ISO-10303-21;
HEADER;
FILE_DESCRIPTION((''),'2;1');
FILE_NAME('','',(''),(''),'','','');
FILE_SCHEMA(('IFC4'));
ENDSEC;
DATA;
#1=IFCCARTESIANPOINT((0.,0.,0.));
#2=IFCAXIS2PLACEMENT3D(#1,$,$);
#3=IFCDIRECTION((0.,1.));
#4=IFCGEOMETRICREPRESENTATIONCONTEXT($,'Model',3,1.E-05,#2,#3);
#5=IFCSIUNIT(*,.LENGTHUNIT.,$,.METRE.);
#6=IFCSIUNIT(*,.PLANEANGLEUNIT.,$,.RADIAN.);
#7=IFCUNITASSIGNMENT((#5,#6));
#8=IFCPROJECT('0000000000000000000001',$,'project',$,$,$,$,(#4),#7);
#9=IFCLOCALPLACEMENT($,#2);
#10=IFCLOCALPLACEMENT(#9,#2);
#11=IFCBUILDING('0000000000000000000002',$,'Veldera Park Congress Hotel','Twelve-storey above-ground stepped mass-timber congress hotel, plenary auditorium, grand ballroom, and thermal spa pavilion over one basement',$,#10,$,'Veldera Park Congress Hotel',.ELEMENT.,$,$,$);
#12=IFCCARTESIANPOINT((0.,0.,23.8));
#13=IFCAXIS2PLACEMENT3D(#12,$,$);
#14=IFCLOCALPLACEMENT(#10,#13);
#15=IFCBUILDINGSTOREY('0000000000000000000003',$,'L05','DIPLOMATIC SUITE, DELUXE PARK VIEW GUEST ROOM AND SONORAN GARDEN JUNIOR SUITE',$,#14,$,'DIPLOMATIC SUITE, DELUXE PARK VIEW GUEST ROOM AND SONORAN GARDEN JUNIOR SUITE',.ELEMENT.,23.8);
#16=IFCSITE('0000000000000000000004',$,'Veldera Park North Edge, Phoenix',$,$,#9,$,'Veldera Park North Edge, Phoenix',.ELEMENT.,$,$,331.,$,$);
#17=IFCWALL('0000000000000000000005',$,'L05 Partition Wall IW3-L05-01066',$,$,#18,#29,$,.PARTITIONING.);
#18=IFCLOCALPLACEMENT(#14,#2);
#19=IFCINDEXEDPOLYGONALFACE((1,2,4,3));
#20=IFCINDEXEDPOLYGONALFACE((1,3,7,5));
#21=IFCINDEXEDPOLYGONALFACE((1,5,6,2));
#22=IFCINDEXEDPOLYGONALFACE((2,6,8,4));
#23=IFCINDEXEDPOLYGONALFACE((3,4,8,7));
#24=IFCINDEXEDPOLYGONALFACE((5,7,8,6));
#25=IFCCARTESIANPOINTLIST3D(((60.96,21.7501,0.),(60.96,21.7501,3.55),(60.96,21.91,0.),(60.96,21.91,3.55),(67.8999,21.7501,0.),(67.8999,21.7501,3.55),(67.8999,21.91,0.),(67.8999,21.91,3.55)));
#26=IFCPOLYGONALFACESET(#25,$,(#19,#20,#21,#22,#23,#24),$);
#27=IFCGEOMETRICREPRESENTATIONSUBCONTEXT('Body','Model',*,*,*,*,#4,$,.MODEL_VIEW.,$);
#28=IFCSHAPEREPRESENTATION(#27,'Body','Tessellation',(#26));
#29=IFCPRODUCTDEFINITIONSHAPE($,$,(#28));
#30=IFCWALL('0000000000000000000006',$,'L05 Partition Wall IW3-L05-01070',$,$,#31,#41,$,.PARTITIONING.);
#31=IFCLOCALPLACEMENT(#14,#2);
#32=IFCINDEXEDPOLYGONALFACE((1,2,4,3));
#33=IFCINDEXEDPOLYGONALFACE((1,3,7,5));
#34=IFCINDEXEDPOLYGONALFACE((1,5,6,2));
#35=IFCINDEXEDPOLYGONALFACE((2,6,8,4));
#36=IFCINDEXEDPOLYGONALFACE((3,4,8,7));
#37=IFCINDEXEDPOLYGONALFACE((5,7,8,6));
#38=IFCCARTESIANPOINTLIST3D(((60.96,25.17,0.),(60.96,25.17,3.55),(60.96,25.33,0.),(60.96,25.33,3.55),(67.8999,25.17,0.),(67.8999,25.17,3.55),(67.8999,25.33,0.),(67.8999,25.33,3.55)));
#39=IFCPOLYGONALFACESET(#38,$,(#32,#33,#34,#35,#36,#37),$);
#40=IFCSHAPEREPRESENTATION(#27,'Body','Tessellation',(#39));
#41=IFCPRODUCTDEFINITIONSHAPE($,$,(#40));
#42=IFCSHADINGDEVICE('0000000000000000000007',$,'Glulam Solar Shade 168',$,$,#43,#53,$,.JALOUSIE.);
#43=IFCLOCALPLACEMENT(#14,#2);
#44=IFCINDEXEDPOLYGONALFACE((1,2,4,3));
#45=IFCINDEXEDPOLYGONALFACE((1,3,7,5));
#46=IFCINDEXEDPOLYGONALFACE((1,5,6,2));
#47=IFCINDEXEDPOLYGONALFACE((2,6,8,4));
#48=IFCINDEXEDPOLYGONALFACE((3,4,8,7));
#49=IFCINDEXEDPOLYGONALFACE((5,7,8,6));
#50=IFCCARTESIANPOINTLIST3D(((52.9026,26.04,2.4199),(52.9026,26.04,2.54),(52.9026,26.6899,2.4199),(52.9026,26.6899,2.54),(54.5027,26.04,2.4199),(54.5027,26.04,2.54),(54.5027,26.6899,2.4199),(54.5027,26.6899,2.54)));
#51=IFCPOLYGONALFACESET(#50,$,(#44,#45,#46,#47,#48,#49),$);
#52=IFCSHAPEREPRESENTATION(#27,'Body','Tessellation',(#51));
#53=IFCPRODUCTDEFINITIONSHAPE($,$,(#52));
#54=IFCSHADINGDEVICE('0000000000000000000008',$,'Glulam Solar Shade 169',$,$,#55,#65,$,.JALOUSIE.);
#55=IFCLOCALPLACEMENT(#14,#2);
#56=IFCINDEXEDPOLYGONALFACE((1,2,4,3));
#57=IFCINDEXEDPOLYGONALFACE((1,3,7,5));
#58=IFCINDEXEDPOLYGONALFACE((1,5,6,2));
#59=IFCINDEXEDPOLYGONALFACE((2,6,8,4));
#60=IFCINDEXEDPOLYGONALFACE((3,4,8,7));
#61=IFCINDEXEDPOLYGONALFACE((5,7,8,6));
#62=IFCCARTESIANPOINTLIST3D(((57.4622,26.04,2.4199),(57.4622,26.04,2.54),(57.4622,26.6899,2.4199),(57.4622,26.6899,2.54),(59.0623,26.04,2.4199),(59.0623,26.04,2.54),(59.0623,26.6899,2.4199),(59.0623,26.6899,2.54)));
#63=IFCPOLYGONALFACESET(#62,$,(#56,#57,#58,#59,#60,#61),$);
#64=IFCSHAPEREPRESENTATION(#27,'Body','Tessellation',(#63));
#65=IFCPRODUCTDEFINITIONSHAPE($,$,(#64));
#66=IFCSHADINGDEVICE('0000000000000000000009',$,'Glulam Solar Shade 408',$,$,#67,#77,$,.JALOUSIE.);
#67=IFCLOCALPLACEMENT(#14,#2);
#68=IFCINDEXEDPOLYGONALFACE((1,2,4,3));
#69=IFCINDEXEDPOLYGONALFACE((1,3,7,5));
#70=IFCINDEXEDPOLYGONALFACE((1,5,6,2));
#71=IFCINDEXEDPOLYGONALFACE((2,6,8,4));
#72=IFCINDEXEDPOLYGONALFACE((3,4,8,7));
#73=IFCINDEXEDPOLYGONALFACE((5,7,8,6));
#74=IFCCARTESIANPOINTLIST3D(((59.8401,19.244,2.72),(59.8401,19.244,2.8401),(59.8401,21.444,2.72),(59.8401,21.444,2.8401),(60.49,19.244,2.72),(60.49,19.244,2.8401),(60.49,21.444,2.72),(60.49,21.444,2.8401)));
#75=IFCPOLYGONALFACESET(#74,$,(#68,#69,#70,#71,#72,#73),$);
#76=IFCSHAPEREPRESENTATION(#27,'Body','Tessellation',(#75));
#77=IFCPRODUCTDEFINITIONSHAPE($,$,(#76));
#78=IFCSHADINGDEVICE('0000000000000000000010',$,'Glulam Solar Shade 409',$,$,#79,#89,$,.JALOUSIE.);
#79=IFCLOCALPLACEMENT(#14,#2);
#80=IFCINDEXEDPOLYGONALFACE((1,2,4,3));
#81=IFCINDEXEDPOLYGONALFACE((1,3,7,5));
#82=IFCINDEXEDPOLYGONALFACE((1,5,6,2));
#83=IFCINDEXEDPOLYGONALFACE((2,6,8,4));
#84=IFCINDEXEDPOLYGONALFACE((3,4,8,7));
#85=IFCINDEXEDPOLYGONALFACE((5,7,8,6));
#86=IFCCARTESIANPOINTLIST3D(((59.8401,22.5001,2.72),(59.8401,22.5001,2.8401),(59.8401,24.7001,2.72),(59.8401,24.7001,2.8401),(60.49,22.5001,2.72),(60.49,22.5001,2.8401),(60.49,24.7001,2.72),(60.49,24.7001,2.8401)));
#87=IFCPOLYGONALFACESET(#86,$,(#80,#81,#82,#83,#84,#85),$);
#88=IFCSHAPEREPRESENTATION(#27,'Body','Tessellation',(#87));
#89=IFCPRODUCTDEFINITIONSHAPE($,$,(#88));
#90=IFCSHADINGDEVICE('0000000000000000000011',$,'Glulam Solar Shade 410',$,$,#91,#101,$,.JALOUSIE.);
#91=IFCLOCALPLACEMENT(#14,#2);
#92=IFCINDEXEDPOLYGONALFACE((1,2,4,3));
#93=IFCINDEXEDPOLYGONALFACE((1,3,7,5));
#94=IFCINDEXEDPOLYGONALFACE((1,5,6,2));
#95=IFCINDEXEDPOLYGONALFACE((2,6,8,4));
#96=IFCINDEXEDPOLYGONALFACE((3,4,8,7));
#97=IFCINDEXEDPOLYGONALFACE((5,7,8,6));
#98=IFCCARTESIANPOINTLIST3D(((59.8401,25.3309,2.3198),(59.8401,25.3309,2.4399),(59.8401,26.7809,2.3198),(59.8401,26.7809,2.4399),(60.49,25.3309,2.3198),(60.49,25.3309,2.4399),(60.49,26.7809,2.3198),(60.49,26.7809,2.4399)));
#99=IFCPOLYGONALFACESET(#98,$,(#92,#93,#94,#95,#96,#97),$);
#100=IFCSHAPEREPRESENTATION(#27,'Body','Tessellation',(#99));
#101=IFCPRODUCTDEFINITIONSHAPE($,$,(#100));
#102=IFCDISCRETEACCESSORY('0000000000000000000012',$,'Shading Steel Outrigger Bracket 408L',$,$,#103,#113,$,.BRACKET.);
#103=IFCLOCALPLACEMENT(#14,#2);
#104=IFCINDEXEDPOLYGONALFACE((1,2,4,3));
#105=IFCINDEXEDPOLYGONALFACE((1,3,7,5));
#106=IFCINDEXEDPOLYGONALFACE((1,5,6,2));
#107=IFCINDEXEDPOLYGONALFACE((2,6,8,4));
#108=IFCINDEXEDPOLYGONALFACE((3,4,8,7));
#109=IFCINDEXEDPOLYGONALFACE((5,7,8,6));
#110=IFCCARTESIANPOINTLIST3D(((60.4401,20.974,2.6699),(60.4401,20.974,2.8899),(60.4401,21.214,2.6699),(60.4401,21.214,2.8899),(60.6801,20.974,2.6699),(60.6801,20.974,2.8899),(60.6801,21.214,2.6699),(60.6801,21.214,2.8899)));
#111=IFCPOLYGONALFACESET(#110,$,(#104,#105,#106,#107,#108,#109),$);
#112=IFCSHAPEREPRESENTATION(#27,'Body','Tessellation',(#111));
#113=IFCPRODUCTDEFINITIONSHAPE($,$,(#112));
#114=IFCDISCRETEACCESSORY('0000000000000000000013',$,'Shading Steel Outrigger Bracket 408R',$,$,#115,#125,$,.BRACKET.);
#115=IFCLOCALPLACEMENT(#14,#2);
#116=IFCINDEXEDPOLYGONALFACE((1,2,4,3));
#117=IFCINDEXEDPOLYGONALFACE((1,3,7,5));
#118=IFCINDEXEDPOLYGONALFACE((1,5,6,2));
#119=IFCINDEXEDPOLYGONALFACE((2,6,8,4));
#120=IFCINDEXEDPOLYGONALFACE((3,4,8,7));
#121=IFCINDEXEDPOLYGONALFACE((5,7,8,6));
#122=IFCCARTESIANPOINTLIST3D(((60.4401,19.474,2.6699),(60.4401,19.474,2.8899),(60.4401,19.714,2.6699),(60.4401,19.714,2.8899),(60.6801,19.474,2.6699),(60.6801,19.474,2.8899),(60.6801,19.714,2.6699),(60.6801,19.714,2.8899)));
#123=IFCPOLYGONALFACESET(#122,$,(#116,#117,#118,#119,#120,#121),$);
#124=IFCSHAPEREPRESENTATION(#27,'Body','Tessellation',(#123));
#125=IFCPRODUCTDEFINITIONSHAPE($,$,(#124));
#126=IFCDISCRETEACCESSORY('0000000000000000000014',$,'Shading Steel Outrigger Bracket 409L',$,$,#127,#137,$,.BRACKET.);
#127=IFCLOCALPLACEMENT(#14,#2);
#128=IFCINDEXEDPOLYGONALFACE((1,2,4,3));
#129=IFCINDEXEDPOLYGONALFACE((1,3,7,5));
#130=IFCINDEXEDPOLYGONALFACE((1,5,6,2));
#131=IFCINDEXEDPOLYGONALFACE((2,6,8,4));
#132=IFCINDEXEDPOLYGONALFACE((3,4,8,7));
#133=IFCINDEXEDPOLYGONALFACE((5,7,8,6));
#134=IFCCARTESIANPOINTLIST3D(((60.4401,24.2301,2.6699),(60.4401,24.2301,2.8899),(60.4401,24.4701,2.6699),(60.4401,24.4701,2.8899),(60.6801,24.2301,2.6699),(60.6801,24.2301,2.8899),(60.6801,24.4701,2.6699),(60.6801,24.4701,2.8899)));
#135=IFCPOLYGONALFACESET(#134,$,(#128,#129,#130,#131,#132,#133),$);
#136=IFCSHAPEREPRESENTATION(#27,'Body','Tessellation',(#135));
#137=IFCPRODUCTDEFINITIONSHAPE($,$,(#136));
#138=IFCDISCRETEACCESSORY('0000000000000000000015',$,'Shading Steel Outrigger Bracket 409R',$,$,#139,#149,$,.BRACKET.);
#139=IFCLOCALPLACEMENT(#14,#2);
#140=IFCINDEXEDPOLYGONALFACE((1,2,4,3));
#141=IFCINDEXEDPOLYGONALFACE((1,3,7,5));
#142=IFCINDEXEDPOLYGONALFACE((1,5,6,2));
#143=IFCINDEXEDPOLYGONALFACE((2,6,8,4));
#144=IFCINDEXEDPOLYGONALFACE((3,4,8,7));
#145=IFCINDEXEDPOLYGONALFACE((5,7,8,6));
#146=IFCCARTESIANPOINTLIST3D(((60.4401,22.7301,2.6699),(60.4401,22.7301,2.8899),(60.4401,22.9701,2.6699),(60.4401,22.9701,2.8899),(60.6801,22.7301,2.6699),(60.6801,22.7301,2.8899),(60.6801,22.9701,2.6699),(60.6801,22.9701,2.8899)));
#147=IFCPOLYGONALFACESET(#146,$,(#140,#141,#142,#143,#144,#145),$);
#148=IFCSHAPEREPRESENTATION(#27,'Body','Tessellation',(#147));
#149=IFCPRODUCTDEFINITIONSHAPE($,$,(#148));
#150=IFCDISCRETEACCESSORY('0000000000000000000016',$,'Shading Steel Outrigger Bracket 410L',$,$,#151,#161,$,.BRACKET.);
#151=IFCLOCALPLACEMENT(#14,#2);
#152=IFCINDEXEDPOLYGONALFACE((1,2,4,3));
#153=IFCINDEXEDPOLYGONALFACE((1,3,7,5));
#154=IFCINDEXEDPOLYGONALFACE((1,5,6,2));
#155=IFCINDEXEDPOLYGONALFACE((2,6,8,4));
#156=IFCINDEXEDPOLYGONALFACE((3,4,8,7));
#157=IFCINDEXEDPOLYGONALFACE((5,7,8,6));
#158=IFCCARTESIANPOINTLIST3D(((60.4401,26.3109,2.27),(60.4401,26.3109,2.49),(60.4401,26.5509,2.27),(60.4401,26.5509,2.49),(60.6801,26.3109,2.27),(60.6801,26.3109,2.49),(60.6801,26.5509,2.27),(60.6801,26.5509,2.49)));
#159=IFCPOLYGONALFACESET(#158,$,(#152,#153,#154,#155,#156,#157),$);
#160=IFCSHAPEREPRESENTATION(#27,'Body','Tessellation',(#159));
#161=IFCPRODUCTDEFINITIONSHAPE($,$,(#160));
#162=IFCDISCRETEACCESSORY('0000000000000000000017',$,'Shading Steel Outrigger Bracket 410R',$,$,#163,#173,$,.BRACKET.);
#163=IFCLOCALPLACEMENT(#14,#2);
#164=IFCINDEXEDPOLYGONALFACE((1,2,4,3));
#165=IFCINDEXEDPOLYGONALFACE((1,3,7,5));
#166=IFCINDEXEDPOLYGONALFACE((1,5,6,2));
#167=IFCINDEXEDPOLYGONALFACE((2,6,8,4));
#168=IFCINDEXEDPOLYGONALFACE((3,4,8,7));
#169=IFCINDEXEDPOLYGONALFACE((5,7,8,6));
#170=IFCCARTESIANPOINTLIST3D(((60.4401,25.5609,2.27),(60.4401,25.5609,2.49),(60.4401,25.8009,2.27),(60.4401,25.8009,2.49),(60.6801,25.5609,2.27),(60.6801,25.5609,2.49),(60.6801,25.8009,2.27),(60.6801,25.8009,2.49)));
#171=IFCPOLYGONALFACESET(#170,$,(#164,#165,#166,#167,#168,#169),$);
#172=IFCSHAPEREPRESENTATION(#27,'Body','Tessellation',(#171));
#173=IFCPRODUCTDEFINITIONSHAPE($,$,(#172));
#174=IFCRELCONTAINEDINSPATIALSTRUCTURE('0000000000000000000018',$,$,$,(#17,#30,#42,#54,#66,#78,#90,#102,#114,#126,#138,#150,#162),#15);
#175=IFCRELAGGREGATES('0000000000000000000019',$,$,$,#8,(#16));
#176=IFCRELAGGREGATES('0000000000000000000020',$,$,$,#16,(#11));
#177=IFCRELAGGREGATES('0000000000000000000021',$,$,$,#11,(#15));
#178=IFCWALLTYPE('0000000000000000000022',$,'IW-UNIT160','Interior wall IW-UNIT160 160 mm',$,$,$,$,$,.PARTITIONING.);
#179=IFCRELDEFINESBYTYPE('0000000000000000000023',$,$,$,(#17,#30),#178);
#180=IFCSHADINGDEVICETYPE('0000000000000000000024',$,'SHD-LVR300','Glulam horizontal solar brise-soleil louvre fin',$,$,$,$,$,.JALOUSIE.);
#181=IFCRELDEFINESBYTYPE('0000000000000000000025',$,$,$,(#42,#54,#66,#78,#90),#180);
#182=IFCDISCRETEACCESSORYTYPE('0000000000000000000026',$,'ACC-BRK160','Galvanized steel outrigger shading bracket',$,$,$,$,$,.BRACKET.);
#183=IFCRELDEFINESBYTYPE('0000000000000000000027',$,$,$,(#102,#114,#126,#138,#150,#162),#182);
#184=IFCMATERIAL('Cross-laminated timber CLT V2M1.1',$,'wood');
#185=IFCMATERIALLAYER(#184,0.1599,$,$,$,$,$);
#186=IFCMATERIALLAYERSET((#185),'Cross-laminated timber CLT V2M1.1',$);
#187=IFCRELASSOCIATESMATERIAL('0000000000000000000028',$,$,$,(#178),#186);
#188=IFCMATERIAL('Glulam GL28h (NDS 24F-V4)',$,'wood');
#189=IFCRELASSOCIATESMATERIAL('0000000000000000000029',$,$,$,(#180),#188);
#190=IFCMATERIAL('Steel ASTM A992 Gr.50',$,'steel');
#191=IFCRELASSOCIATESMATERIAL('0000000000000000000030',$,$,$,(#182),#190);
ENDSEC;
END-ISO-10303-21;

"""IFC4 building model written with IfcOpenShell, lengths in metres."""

from ifc_helpers import new_model, si_unit, direction, frame, frame_2d, origin, origin_2d, place, context, subcontext, project, spatial, rectangle, extrude, material, layer, layer_set, type_object, element, save


model = new_model("IFC4")

# Units and contexts
model_context = context("Model", 3, precision=1e-05, world=origin(), true_north=direction((0.0, 1.0)))
body_context = subcontext(model_context, "Body", "Model", "MODEL_VIEW")
ifc_project = project(units=[si_unit("LENGTHUNIT", "METRE"), si_unit("PLANEANGLEUNIT", "RADIAN")], contexts=[model_context])

# Site, building, storey
site_placement = place(None, origin())
site = spatial("IfcSite", under=ifc_project, at=site_placement, Name="Veldera Park North Edge, Phoenix", LongName="Veldera Park North Edge, Phoenix", CompositionType="ELEMENT", RefElevation=331.0)
building_placement = place(site_placement, origin())
building = spatial("IfcBuilding", under=site, at=building_placement, Name="Veldera Park Congress Hotel", Description="Twelve-storey above-ground stepped mass-timber congress hotel, plenary auditorium, grand ballroom, and thermal spa pavilion over one basement", LongName="Veldera Park Congress Hotel", CompositionType="ELEMENT")
storey_placement = place(building_placement, frame((0.0, 0.0, 23.8)))
storey = spatial("IfcBuildingStorey", under=building, at=storey_placement, Name="L05", Description="DIPLOMATIC SUITE, DELUXE PARK VIEW GUEST ROOM AND SONORAN GARDEN JUNIOR SUITE", LongName="DIPLOMATIC SUITE, DELUXE PARK VIEW GUEST ROOM AND SONORAN GARDEN JUNIOR SUITE", CompositionType="ELEMENT", Elevation=23.8)

# Shared definitions
ifc_material_1 = material(Name="Glulam GL28h (NDS 24F-V4)", Category="wood")

# Shared definitions
ifc_material_2 = material(Name="Cross-laminated timber CLT V2M1.1", Category="wood")

# Walls
ifc_layer_1 = layer(ifc_material_2, 0.1599)
ifc_layer_set_1 = layer_set([ifc_layer_1], Name="Cross-laminated timber CLT V2M1.1")
wall_type_1 = type_object("IfcWallType", Name="IW-UNIT160", Description="Interior wall IW-UNIT160 160 mm", PredefinedType="PARTITIONING", material=ifc_layer_set_1)
for number, where, z_axis, x_axis, name in (
    (1, (60.96, 21.8301, 0.0), (0.0, 0.0, 1.0), (1.0, 0.0, 0.0), "L05 Partition Wall IW3-L05-01066"),
    (2, (60.96, 25.25, 0.0), (0.0, 0.0, 1.0), (1.0, 0.0, 0.0), "L05 Partition Wall IW3-L05-01070"),
):
    element("IfcWall", number, at=place(storey_placement, frame(where, z_axis=z_axis, x_axis=x_axis)), inside=storey, type_object=wall_type_1, Name=name, PredefinedType="PARTITIONING", context=body_context, shape_type="SweptSolid", body=[
        extrude(rectangle(XDim=6.9399, YDim=0.1599, at=frame_2d((3.47, 0.0))), origin(), (0.0, 0.0, 1.0), 3.55),
    ])

# Shading devices
shading_device_type = type_object("IfcShadingDeviceType", Name="SHD-LVR300", Description="Glulam horizontal solar brise-soleil louvre fin", PredefinedType="JALOUSIE", material=ifc_material_1)
for number, where, z_axis, x_axis, name in (
    (3, (53.7026, 26.365, 2.4199), (0.0, 0.0, 1.0), (1.0, 0.0, 0.0), "Glulam Solar Shade 168"),
    (4, (58.2622, 26.365, 2.4199), (0.0, 0.0, 1.0), (1.0, 0.0, 0.0), "Glulam Solar Shade 169"),
):
    element("IfcShadingDevice", number, at=place(storey_placement, frame(where, z_axis=z_axis, x_axis=x_axis)), inside=storey, type_object=shading_device_type, Name=name, PredefinedType="JALOUSIE", context=body_context, shape_type="SweptSolid", body=[
        extrude(rectangle(XDim=1.6001, YDim=0.6499, at=origin_2d()), origin(), (0.0, 0.0, 1.0), 0.1201),
    ])
for number, where, z_axis, x_axis, name in (
    (5, (60.165, 20.344, 2.72), (0.0, 0.0, 1.0), (0.0, -1.0, 0.0), "Glulam Solar Shade 408"),
    (6, (60.165, 23.6001, 2.72), (0.0, 0.0, 1.0), (0.0, -1.0, 0.0), "Glulam Solar Shade 409"),
):
    element("IfcShadingDevice", number, at=place(storey_placement, frame(where, z_axis=z_axis, x_axis=x_axis)), inside=storey, type_object=shading_device_type, Name=name, PredefinedType="JALOUSIE", context=body_context, shape_type="SweptSolid", body=[
        extrude(rectangle(XDim=2.2, YDim=0.6499, at=origin_2d()), origin(), (0.0, 0.0, 1.0), 0.1201),
    ])
shading_device_placement = place(storey_placement, frame((60.165, 26.0559, 2.3198), z_axis=(0.0, 0.0, 1.0), x_axis=(0.0, -1.0, 0.0)))
element("IfcShadingDevice", 7, at=shading_device_placement, inside=storey, type_object=shading_device_type, Name="Glulam Solar Shade 410", PredefinedType="JALOUSIE", context=body_context, shape_type="SweptSolid", body=[
    extrude(rectangle(XDim=1.45, YDim=0.6499, at=origin_2d()), origin(), (0.0, 0.0, 1.0), 0.1201),
])

# Discrete accessories
ifc_material_3 = material(Name="Steel ASTM A992 Gr.50", Category="steel")
discrete_accessory_type = type_object("IfcDiscreteAccessoryType", Name="ACC-BRK160", Description="Galvanized steel outrigger shading bracket", PredefinedType="BRACKET", material=ifc_material_3)
for number, where, z_axis, x_axis, name in (
    (8, (60.5601, 21.094, 2.6699), (0.0, 0.0, 1.0), (0.0, -1.0, 0.0), "Shading Steel Outrigger Bracket 408L"),
    (9, (60.5601, 19.594, 2.6699), (0.0, 0.0, 1.0), (0.0, -1.0, 0.0), "Shading Steel Outrigger Bracket 408R"),
    (10, (60.5601, 24.3501, 2.6699), (0.0, 0.0, 1.0), (0.0, -1.0, 0.0), "Shading Steel Outrigger Bracket 409L"),
    (11, (60.5601, 22.8501, 2.6699), (0.0, 0.0, 1.0), (0.0, -1.0, 0.0), "Shading Steel Outrigger Bracket 409R"),
    (12, (60.5601, 26.4309, 2.27), (0.0, 0.0, 1.0), (0.0, -1.0, 0.0), "Shading Steel Outrigger Bracket 410L"),
    (13, (60.5601, 25.6809, 2.27), (0.0, 0.0, 1.0), (0.0, -1.0, 0.0), "Shading Steel Outrigger Bracket 410R"),
):
    element("IfcDiscreteAccessory", number, at=place(storey_placement, frame(where, z_axis=z_axis, x_axis=x_axis)), inside=storey, type_object=discrete_accessory_type, Name=name, PredefinedType="BRACKET", context=body_context, shape_type="SweptSolid", body=[
        extrude(rectangle(XDim=0.24, YDim=0.24, at=origin_2d()), origin(), (0.0, 0.0, 1.0), 0.22),
    ])

save(model, "model.ifc")
